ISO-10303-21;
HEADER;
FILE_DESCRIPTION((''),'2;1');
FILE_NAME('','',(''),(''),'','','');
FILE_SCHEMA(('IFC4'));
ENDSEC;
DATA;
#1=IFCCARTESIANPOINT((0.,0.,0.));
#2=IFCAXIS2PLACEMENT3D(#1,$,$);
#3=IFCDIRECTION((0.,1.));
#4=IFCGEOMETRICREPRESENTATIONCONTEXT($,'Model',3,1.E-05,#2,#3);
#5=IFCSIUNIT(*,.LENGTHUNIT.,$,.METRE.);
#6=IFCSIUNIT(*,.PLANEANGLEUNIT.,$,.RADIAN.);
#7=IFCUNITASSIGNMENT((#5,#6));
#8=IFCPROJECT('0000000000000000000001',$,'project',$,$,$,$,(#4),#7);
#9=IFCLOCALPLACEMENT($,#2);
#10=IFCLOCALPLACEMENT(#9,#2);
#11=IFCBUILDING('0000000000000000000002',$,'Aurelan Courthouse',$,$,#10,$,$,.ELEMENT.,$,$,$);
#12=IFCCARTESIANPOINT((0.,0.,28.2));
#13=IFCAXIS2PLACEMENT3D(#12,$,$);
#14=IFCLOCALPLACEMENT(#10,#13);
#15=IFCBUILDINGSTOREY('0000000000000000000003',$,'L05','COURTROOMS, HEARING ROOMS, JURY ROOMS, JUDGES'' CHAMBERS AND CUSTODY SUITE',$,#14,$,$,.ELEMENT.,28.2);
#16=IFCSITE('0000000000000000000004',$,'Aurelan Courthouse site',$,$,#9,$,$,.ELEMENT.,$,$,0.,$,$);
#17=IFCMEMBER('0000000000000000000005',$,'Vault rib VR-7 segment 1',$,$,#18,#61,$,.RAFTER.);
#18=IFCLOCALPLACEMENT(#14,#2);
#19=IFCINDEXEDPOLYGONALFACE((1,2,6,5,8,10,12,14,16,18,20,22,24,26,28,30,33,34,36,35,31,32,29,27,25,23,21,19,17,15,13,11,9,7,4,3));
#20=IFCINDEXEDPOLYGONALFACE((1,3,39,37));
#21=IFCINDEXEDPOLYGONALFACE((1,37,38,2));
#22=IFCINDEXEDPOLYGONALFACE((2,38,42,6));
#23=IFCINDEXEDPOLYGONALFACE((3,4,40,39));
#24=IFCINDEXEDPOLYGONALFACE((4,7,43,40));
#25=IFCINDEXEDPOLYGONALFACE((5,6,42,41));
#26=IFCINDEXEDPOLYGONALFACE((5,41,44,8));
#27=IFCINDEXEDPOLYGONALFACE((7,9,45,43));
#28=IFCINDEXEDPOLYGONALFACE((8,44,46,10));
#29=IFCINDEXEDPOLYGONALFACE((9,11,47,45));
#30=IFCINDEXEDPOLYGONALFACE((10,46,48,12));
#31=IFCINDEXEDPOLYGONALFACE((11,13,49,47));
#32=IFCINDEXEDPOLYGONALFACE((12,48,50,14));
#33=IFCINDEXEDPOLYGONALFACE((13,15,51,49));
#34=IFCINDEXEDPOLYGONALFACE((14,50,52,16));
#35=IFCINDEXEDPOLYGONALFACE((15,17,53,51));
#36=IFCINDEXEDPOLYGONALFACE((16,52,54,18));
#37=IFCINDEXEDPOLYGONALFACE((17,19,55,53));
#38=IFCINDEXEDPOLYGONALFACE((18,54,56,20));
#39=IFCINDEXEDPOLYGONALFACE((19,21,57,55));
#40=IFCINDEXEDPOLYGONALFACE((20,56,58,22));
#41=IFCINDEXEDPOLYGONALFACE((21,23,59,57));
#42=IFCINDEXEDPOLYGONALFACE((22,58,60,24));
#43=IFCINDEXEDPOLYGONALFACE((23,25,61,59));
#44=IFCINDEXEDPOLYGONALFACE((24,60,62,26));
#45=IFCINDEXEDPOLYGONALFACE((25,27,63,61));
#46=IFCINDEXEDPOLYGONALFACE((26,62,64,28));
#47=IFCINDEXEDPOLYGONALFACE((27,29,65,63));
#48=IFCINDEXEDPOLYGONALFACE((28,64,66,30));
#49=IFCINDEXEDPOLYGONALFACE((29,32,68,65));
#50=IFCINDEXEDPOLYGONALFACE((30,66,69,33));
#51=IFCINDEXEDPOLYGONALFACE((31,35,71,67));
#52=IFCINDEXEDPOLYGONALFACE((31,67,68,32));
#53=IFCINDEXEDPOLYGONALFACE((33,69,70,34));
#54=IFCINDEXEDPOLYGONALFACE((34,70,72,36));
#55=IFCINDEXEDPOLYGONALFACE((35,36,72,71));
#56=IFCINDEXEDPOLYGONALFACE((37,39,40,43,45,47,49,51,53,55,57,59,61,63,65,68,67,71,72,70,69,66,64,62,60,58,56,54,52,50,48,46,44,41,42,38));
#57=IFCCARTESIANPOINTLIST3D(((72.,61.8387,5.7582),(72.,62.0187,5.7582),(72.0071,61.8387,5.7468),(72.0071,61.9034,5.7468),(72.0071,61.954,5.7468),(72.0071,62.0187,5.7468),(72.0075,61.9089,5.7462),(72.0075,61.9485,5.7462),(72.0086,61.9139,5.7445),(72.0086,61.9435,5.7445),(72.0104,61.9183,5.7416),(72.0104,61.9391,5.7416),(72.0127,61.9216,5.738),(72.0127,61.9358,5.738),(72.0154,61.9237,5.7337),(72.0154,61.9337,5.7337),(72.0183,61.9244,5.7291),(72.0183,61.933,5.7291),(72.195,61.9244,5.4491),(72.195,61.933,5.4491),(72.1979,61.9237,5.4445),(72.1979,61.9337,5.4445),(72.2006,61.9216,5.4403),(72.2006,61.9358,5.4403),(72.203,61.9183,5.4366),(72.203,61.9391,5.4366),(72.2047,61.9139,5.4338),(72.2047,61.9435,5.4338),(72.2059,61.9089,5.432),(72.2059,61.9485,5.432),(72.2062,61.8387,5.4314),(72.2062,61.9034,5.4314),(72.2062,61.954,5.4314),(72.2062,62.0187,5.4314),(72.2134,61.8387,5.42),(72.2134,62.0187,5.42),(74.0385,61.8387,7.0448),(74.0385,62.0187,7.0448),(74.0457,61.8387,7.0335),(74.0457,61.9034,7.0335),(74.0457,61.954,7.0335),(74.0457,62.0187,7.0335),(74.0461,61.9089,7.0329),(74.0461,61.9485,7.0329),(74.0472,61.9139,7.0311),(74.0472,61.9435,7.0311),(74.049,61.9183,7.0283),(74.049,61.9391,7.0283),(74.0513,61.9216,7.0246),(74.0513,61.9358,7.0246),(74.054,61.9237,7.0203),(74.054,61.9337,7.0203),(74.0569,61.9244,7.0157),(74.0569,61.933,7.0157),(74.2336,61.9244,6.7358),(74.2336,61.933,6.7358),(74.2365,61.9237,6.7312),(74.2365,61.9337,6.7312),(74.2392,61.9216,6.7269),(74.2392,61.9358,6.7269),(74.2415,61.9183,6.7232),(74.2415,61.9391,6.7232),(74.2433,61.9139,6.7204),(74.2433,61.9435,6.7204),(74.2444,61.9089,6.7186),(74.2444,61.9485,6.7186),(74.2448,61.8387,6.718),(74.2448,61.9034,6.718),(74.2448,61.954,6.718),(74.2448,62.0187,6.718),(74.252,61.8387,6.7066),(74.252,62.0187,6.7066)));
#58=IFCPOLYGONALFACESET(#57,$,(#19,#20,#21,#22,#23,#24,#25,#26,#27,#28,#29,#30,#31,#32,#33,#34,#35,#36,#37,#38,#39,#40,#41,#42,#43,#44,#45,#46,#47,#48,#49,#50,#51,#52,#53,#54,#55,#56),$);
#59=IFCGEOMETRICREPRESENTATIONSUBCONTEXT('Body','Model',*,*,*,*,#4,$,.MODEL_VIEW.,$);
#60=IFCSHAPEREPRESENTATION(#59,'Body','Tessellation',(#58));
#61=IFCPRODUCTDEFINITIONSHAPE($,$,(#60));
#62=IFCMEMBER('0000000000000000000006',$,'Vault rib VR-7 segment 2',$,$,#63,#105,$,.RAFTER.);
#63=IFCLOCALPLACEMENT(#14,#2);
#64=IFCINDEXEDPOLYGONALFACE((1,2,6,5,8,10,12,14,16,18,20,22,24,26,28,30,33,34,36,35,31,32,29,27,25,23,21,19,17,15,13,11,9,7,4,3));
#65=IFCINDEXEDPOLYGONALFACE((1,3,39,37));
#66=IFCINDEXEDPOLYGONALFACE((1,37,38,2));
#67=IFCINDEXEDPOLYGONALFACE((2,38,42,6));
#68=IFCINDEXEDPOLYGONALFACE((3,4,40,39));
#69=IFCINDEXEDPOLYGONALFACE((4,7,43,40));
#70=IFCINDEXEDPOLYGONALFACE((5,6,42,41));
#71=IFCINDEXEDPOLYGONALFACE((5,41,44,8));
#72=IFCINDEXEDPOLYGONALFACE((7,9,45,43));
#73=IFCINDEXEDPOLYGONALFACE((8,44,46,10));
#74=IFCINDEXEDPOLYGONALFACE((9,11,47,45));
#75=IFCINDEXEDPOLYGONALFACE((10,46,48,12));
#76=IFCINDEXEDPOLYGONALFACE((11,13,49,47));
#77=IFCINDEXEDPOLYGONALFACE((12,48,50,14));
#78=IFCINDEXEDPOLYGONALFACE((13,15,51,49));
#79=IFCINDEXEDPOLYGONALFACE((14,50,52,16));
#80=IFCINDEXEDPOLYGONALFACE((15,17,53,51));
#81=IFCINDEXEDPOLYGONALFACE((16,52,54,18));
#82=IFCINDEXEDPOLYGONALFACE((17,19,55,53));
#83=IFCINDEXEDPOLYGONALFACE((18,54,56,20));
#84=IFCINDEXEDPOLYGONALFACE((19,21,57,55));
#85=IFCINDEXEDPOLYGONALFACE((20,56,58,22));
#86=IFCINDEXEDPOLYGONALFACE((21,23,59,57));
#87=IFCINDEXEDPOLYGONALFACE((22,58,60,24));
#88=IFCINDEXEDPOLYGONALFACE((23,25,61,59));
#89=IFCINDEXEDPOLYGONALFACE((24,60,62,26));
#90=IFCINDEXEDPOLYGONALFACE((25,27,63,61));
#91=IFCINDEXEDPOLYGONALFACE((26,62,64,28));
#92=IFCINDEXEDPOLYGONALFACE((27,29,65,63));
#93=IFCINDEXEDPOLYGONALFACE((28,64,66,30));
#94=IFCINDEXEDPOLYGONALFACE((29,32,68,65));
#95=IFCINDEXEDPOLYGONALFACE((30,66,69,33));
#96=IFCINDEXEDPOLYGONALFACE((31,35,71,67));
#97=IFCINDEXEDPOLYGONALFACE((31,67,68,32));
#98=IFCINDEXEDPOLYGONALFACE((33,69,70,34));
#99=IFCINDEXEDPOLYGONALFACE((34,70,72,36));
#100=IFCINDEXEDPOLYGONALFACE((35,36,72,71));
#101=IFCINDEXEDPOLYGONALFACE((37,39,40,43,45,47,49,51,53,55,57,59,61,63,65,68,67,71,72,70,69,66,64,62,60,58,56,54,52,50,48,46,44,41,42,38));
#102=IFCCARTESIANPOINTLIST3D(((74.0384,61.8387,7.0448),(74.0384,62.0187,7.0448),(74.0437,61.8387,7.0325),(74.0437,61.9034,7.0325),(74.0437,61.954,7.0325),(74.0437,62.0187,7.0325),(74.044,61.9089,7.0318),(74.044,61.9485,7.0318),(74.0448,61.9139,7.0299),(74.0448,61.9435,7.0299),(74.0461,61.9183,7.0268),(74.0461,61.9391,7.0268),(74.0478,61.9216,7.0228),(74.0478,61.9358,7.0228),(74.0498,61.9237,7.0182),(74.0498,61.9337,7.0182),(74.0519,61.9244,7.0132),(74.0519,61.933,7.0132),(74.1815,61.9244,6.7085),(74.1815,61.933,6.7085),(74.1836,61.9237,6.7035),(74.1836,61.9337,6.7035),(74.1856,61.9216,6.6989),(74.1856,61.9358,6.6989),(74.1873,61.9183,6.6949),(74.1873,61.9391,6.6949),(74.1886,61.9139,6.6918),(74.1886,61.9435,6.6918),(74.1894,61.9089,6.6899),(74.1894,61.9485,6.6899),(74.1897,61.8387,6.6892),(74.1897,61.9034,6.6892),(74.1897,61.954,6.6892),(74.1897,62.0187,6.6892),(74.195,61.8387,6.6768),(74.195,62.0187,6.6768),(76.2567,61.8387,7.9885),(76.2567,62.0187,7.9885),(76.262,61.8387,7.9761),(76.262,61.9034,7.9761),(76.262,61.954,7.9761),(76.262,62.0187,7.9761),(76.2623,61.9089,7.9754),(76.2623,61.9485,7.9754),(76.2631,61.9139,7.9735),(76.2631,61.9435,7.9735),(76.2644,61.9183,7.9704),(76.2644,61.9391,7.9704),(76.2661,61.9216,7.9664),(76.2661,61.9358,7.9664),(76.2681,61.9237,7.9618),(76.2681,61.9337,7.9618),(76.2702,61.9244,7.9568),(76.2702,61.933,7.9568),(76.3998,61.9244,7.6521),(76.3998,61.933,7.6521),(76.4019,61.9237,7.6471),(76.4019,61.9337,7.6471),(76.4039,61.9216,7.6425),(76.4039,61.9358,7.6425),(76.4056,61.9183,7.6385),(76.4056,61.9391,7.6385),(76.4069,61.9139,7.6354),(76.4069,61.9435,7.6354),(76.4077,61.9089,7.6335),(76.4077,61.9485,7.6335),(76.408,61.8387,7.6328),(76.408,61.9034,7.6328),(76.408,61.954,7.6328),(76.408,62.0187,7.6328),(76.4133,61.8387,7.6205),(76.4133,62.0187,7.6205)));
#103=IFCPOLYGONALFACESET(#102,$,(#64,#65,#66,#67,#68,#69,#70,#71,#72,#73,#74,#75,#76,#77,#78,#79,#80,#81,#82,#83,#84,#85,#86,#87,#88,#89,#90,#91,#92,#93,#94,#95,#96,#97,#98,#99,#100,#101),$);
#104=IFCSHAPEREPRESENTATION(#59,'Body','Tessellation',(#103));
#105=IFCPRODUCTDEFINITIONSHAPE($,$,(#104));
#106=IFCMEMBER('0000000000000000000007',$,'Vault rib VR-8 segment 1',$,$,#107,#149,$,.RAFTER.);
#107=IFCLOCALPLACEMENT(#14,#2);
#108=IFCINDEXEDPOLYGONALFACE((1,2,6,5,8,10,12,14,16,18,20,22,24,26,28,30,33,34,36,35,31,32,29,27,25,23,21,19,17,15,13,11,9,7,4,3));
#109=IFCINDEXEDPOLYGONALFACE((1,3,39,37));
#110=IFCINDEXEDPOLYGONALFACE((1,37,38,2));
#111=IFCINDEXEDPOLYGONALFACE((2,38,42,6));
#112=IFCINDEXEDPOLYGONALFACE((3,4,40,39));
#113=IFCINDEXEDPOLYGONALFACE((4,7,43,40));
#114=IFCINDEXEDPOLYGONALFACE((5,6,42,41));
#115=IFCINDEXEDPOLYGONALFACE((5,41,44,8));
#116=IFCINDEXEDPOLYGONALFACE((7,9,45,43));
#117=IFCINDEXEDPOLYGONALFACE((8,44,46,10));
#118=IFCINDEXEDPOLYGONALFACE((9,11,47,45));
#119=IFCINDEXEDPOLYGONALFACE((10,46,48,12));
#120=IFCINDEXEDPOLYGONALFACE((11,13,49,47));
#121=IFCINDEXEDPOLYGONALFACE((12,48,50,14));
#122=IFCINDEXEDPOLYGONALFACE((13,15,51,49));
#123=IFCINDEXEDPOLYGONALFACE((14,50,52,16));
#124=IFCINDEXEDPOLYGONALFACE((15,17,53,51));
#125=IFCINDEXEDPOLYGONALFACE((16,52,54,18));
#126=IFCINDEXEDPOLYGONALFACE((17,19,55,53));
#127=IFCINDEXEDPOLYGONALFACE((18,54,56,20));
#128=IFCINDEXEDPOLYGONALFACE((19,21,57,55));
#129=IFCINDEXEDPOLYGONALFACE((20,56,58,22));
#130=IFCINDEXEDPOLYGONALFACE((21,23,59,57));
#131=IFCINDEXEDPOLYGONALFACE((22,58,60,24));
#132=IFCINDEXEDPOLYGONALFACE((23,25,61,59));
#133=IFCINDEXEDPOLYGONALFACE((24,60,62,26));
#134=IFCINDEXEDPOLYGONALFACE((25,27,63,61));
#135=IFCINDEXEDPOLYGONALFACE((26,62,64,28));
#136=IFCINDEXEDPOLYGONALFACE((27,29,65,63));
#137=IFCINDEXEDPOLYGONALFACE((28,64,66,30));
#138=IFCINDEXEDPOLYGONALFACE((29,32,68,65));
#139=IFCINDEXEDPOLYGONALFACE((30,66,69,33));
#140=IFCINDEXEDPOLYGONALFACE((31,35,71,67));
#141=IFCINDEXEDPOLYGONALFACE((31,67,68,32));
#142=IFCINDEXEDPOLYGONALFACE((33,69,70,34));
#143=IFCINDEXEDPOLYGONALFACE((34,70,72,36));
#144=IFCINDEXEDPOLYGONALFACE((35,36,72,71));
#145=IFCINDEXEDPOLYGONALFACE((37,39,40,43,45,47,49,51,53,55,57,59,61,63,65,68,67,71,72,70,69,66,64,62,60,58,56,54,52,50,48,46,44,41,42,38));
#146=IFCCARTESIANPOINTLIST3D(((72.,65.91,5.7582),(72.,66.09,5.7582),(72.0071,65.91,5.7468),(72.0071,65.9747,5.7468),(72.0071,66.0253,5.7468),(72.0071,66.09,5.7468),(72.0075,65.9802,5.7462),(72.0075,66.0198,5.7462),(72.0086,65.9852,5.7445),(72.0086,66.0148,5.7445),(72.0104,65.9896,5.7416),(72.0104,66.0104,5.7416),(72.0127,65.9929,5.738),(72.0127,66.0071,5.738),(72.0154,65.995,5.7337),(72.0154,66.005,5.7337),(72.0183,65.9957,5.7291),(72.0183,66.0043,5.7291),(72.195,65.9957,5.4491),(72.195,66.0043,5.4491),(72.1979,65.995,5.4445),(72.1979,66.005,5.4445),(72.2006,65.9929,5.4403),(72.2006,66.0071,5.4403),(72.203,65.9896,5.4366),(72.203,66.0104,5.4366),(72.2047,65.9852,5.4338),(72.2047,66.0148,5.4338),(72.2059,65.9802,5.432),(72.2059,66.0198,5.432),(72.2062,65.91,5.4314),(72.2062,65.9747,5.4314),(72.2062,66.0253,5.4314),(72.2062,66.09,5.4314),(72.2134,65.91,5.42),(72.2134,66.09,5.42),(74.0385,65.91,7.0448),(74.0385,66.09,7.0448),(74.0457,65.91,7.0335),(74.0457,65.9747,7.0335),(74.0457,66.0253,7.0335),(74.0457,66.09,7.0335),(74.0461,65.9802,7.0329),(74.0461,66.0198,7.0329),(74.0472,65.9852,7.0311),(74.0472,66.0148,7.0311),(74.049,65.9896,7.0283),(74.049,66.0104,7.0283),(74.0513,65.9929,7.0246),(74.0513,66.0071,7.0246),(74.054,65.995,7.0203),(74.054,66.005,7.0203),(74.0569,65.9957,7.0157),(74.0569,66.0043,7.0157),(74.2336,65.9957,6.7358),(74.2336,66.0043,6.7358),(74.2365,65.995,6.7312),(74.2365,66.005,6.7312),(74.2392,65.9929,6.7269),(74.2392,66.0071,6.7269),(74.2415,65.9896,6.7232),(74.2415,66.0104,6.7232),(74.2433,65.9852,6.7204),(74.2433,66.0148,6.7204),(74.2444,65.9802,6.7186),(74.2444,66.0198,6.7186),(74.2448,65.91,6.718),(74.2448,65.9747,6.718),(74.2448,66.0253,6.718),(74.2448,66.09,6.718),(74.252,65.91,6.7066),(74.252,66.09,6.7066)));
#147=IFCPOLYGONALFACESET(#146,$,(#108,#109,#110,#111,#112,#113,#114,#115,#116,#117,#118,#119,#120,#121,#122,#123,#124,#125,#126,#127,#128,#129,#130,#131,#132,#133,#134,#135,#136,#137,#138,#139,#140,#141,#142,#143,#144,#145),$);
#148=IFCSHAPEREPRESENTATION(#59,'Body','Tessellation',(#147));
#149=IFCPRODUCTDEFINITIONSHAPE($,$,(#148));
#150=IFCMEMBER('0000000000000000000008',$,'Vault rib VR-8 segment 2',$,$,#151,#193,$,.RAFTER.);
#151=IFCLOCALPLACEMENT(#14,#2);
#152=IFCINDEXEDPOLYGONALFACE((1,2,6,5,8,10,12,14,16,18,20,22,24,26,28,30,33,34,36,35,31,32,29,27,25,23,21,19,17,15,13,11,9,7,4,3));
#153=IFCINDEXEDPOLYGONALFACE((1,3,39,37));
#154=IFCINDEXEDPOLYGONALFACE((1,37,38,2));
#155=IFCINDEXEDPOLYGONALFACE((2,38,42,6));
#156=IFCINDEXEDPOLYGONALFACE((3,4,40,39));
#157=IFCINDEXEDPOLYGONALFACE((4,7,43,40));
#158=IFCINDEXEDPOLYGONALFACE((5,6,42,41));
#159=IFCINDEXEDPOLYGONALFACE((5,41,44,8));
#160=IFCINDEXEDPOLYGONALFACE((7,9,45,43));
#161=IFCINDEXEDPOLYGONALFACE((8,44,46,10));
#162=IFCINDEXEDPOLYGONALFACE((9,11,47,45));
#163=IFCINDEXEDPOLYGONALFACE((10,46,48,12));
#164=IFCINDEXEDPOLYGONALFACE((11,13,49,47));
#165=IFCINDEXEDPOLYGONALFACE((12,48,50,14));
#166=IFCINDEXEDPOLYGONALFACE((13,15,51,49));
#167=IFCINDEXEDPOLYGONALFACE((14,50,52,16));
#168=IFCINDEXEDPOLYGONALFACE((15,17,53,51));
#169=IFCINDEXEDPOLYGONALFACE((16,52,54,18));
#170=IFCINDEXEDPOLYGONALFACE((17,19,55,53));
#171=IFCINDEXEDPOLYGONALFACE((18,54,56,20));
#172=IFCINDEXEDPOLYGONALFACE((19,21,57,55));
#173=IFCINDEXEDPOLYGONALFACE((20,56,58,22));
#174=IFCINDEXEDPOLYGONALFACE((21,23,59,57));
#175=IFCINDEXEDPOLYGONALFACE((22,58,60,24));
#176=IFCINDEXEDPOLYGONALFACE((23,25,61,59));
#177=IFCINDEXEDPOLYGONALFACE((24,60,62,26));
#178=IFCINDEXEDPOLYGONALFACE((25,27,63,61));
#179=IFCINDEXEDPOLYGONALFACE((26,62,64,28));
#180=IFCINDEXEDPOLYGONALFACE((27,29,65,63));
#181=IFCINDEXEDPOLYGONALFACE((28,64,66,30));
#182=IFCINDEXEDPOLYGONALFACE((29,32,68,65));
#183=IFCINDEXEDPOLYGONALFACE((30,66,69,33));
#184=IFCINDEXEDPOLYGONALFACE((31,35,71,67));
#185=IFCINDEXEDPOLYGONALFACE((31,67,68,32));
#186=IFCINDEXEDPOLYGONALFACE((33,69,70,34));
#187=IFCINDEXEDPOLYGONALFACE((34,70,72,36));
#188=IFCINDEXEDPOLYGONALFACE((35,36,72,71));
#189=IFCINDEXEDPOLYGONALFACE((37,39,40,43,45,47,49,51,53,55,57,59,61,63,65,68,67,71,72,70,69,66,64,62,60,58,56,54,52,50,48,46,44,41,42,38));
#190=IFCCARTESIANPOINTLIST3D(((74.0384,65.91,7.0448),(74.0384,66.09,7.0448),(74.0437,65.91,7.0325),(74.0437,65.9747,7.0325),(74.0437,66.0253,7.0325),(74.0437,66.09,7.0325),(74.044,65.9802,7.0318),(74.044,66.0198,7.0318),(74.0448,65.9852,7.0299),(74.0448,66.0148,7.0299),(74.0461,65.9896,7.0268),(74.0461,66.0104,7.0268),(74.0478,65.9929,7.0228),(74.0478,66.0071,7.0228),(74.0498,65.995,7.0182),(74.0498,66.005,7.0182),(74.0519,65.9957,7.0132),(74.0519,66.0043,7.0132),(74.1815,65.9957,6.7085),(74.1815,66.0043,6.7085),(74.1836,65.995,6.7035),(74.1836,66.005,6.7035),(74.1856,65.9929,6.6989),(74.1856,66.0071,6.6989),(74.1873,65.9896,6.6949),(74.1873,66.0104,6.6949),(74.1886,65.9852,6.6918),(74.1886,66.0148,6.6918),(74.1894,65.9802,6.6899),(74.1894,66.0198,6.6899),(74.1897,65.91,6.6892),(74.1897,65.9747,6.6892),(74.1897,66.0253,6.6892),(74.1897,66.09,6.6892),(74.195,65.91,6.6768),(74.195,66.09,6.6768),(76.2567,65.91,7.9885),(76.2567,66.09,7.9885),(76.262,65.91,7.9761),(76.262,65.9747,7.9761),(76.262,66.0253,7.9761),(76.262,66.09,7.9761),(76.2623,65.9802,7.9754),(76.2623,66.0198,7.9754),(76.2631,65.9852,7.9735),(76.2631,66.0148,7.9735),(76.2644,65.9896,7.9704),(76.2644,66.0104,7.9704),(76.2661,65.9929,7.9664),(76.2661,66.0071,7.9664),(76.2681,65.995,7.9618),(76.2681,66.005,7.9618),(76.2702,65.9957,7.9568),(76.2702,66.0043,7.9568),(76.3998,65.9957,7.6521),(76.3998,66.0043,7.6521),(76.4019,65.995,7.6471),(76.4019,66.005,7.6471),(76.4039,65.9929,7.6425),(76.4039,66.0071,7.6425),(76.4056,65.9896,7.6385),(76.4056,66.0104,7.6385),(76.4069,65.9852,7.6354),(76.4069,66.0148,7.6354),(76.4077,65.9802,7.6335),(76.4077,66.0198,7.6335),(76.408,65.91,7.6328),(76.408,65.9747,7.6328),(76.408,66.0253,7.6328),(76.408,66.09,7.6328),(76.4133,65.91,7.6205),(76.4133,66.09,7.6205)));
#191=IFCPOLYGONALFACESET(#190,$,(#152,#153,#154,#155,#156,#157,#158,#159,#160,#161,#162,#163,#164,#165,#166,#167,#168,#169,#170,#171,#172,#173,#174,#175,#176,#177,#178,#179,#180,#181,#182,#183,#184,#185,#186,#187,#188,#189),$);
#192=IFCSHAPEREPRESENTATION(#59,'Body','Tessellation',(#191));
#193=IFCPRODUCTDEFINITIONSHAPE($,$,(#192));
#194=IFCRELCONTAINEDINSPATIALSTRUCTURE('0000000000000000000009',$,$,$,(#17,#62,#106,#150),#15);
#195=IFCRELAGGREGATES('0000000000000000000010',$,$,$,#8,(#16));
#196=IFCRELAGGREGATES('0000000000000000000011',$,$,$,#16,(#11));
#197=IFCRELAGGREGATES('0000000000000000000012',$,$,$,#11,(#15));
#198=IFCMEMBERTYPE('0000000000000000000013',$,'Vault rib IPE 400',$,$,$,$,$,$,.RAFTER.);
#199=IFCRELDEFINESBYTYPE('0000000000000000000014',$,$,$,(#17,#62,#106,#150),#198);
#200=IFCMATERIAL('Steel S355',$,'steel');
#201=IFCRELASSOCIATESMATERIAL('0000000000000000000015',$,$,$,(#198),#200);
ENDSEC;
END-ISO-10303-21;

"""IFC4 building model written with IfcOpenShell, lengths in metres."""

from ifc_helpers import new_model, si_unit, direction, frame, origin, origin_2d, place, context, subcontext, project, spatial, i_section, extrude, material, material_profile, profile_set, type_object, element, save


model = new_model("IFC4")

# Units and contexts
model_context = context("Model", 3, precision=1e-05, world=origin(), true_north=direction((0.0, 1.0)))
body_context = subcontext(model_context, "Body", "Model", "MODEL_VIEW")
ifc_project = project(units=[si_unit("LENGTHUNIT", "METRE"), si_unit("PLANEANGLEUNIT", "RADIAN")], contexts=[model_context])

# Site, building, storey
site_placement = place(None, origin())
site = spatial("IfcSite", under=ifc_project, at=site_placement, Name="Aurelan Courthouse site", CompositionType="ELEMENT", RefElevation=0.0)
building_placement = place(site_placement, origin())
building = spatial("IfcBuilding", under=site, at=building_placement, Name="Aurelan Courthouse", CompositionType="ELEMENT")
storey_placement = place(building_placement, frame((0.0, 0.0, 28.2)))
storey = spatial("IfcBuildingStorey", under=building, at=storey_placement, Name="L05", Description="COURTROOMS, HEARING ROOMS, JURY ROOMS, JUDGES' CHAMBERS AND CUSTODY SUITE", CompositionType="ELEMENT", Elevation=28.2)

# Members
ifc_material_1 = material(Name="Steel S355", Category="steel")
ifc_material_profile_1 = material_profile(ifc_material_1, i_section(OverallWidth=0.1799, OverallDepth=0.3999, WebThickness=0.0085, FlangeThickness=0.0134, FilletRadius=0.021, at=origin_2d()), Name="IPE 400")
ifc_profile_set_1 = profile_set([ifc_material_profile_1], Name="Steel S355")
member_type_1 = type_object("IfcMemberType", Name="Vault rib IPE 400", PredefinedType="RAFTER", material=ifc_profile_set_1)
for number, where, z_axis, x_axis, name in (
    (1, (72.1067, 61.9287, 5.5891), (0.845657, 0.0, 0.533726), (0.0, 1.0, 0.0), "Vault rib VR-7 segment 1"),
    (2, (74.1167, 61.9287, 6.8608), (0.920205, 0.0, 0.391437), (0.0, 1.0, 0.0), "Vault rib VR-7 segment 2"),
    (3, (72.1067, 66.0, 5.5891), (0.845657, 0.0, 0.533726), (0.0, 1.0, 0.0), "Vault rib VR-8 segment 1"),
    (4, (74.1167, 66.0, 6.8608), (0.920205, 0.0, 0.391437), (0.0, 1.0, 0.0), "Vault rib VR-8 segment 2"),
):
    element("IfcMember", number, at=place(storey_placement, frame(where, z_axis=z_axis, x_axis=x_axis)), inside=storey, type_object=member_type_1, Name=name, PredefinedType="RAFTER", context=body_context, shape_type="SweptSolid", body=[
        extrude(i_section(OverallWidth=0.1799, OverallDepth=0.3999, WebThickness=0.0085, FlangeThickness=0.0134, FilletRadius=0.021, at=origin_2d()), origin(), (0.0, 0.0, 1.0), 2.4106),
    ])

save(model, "model.ifc")
